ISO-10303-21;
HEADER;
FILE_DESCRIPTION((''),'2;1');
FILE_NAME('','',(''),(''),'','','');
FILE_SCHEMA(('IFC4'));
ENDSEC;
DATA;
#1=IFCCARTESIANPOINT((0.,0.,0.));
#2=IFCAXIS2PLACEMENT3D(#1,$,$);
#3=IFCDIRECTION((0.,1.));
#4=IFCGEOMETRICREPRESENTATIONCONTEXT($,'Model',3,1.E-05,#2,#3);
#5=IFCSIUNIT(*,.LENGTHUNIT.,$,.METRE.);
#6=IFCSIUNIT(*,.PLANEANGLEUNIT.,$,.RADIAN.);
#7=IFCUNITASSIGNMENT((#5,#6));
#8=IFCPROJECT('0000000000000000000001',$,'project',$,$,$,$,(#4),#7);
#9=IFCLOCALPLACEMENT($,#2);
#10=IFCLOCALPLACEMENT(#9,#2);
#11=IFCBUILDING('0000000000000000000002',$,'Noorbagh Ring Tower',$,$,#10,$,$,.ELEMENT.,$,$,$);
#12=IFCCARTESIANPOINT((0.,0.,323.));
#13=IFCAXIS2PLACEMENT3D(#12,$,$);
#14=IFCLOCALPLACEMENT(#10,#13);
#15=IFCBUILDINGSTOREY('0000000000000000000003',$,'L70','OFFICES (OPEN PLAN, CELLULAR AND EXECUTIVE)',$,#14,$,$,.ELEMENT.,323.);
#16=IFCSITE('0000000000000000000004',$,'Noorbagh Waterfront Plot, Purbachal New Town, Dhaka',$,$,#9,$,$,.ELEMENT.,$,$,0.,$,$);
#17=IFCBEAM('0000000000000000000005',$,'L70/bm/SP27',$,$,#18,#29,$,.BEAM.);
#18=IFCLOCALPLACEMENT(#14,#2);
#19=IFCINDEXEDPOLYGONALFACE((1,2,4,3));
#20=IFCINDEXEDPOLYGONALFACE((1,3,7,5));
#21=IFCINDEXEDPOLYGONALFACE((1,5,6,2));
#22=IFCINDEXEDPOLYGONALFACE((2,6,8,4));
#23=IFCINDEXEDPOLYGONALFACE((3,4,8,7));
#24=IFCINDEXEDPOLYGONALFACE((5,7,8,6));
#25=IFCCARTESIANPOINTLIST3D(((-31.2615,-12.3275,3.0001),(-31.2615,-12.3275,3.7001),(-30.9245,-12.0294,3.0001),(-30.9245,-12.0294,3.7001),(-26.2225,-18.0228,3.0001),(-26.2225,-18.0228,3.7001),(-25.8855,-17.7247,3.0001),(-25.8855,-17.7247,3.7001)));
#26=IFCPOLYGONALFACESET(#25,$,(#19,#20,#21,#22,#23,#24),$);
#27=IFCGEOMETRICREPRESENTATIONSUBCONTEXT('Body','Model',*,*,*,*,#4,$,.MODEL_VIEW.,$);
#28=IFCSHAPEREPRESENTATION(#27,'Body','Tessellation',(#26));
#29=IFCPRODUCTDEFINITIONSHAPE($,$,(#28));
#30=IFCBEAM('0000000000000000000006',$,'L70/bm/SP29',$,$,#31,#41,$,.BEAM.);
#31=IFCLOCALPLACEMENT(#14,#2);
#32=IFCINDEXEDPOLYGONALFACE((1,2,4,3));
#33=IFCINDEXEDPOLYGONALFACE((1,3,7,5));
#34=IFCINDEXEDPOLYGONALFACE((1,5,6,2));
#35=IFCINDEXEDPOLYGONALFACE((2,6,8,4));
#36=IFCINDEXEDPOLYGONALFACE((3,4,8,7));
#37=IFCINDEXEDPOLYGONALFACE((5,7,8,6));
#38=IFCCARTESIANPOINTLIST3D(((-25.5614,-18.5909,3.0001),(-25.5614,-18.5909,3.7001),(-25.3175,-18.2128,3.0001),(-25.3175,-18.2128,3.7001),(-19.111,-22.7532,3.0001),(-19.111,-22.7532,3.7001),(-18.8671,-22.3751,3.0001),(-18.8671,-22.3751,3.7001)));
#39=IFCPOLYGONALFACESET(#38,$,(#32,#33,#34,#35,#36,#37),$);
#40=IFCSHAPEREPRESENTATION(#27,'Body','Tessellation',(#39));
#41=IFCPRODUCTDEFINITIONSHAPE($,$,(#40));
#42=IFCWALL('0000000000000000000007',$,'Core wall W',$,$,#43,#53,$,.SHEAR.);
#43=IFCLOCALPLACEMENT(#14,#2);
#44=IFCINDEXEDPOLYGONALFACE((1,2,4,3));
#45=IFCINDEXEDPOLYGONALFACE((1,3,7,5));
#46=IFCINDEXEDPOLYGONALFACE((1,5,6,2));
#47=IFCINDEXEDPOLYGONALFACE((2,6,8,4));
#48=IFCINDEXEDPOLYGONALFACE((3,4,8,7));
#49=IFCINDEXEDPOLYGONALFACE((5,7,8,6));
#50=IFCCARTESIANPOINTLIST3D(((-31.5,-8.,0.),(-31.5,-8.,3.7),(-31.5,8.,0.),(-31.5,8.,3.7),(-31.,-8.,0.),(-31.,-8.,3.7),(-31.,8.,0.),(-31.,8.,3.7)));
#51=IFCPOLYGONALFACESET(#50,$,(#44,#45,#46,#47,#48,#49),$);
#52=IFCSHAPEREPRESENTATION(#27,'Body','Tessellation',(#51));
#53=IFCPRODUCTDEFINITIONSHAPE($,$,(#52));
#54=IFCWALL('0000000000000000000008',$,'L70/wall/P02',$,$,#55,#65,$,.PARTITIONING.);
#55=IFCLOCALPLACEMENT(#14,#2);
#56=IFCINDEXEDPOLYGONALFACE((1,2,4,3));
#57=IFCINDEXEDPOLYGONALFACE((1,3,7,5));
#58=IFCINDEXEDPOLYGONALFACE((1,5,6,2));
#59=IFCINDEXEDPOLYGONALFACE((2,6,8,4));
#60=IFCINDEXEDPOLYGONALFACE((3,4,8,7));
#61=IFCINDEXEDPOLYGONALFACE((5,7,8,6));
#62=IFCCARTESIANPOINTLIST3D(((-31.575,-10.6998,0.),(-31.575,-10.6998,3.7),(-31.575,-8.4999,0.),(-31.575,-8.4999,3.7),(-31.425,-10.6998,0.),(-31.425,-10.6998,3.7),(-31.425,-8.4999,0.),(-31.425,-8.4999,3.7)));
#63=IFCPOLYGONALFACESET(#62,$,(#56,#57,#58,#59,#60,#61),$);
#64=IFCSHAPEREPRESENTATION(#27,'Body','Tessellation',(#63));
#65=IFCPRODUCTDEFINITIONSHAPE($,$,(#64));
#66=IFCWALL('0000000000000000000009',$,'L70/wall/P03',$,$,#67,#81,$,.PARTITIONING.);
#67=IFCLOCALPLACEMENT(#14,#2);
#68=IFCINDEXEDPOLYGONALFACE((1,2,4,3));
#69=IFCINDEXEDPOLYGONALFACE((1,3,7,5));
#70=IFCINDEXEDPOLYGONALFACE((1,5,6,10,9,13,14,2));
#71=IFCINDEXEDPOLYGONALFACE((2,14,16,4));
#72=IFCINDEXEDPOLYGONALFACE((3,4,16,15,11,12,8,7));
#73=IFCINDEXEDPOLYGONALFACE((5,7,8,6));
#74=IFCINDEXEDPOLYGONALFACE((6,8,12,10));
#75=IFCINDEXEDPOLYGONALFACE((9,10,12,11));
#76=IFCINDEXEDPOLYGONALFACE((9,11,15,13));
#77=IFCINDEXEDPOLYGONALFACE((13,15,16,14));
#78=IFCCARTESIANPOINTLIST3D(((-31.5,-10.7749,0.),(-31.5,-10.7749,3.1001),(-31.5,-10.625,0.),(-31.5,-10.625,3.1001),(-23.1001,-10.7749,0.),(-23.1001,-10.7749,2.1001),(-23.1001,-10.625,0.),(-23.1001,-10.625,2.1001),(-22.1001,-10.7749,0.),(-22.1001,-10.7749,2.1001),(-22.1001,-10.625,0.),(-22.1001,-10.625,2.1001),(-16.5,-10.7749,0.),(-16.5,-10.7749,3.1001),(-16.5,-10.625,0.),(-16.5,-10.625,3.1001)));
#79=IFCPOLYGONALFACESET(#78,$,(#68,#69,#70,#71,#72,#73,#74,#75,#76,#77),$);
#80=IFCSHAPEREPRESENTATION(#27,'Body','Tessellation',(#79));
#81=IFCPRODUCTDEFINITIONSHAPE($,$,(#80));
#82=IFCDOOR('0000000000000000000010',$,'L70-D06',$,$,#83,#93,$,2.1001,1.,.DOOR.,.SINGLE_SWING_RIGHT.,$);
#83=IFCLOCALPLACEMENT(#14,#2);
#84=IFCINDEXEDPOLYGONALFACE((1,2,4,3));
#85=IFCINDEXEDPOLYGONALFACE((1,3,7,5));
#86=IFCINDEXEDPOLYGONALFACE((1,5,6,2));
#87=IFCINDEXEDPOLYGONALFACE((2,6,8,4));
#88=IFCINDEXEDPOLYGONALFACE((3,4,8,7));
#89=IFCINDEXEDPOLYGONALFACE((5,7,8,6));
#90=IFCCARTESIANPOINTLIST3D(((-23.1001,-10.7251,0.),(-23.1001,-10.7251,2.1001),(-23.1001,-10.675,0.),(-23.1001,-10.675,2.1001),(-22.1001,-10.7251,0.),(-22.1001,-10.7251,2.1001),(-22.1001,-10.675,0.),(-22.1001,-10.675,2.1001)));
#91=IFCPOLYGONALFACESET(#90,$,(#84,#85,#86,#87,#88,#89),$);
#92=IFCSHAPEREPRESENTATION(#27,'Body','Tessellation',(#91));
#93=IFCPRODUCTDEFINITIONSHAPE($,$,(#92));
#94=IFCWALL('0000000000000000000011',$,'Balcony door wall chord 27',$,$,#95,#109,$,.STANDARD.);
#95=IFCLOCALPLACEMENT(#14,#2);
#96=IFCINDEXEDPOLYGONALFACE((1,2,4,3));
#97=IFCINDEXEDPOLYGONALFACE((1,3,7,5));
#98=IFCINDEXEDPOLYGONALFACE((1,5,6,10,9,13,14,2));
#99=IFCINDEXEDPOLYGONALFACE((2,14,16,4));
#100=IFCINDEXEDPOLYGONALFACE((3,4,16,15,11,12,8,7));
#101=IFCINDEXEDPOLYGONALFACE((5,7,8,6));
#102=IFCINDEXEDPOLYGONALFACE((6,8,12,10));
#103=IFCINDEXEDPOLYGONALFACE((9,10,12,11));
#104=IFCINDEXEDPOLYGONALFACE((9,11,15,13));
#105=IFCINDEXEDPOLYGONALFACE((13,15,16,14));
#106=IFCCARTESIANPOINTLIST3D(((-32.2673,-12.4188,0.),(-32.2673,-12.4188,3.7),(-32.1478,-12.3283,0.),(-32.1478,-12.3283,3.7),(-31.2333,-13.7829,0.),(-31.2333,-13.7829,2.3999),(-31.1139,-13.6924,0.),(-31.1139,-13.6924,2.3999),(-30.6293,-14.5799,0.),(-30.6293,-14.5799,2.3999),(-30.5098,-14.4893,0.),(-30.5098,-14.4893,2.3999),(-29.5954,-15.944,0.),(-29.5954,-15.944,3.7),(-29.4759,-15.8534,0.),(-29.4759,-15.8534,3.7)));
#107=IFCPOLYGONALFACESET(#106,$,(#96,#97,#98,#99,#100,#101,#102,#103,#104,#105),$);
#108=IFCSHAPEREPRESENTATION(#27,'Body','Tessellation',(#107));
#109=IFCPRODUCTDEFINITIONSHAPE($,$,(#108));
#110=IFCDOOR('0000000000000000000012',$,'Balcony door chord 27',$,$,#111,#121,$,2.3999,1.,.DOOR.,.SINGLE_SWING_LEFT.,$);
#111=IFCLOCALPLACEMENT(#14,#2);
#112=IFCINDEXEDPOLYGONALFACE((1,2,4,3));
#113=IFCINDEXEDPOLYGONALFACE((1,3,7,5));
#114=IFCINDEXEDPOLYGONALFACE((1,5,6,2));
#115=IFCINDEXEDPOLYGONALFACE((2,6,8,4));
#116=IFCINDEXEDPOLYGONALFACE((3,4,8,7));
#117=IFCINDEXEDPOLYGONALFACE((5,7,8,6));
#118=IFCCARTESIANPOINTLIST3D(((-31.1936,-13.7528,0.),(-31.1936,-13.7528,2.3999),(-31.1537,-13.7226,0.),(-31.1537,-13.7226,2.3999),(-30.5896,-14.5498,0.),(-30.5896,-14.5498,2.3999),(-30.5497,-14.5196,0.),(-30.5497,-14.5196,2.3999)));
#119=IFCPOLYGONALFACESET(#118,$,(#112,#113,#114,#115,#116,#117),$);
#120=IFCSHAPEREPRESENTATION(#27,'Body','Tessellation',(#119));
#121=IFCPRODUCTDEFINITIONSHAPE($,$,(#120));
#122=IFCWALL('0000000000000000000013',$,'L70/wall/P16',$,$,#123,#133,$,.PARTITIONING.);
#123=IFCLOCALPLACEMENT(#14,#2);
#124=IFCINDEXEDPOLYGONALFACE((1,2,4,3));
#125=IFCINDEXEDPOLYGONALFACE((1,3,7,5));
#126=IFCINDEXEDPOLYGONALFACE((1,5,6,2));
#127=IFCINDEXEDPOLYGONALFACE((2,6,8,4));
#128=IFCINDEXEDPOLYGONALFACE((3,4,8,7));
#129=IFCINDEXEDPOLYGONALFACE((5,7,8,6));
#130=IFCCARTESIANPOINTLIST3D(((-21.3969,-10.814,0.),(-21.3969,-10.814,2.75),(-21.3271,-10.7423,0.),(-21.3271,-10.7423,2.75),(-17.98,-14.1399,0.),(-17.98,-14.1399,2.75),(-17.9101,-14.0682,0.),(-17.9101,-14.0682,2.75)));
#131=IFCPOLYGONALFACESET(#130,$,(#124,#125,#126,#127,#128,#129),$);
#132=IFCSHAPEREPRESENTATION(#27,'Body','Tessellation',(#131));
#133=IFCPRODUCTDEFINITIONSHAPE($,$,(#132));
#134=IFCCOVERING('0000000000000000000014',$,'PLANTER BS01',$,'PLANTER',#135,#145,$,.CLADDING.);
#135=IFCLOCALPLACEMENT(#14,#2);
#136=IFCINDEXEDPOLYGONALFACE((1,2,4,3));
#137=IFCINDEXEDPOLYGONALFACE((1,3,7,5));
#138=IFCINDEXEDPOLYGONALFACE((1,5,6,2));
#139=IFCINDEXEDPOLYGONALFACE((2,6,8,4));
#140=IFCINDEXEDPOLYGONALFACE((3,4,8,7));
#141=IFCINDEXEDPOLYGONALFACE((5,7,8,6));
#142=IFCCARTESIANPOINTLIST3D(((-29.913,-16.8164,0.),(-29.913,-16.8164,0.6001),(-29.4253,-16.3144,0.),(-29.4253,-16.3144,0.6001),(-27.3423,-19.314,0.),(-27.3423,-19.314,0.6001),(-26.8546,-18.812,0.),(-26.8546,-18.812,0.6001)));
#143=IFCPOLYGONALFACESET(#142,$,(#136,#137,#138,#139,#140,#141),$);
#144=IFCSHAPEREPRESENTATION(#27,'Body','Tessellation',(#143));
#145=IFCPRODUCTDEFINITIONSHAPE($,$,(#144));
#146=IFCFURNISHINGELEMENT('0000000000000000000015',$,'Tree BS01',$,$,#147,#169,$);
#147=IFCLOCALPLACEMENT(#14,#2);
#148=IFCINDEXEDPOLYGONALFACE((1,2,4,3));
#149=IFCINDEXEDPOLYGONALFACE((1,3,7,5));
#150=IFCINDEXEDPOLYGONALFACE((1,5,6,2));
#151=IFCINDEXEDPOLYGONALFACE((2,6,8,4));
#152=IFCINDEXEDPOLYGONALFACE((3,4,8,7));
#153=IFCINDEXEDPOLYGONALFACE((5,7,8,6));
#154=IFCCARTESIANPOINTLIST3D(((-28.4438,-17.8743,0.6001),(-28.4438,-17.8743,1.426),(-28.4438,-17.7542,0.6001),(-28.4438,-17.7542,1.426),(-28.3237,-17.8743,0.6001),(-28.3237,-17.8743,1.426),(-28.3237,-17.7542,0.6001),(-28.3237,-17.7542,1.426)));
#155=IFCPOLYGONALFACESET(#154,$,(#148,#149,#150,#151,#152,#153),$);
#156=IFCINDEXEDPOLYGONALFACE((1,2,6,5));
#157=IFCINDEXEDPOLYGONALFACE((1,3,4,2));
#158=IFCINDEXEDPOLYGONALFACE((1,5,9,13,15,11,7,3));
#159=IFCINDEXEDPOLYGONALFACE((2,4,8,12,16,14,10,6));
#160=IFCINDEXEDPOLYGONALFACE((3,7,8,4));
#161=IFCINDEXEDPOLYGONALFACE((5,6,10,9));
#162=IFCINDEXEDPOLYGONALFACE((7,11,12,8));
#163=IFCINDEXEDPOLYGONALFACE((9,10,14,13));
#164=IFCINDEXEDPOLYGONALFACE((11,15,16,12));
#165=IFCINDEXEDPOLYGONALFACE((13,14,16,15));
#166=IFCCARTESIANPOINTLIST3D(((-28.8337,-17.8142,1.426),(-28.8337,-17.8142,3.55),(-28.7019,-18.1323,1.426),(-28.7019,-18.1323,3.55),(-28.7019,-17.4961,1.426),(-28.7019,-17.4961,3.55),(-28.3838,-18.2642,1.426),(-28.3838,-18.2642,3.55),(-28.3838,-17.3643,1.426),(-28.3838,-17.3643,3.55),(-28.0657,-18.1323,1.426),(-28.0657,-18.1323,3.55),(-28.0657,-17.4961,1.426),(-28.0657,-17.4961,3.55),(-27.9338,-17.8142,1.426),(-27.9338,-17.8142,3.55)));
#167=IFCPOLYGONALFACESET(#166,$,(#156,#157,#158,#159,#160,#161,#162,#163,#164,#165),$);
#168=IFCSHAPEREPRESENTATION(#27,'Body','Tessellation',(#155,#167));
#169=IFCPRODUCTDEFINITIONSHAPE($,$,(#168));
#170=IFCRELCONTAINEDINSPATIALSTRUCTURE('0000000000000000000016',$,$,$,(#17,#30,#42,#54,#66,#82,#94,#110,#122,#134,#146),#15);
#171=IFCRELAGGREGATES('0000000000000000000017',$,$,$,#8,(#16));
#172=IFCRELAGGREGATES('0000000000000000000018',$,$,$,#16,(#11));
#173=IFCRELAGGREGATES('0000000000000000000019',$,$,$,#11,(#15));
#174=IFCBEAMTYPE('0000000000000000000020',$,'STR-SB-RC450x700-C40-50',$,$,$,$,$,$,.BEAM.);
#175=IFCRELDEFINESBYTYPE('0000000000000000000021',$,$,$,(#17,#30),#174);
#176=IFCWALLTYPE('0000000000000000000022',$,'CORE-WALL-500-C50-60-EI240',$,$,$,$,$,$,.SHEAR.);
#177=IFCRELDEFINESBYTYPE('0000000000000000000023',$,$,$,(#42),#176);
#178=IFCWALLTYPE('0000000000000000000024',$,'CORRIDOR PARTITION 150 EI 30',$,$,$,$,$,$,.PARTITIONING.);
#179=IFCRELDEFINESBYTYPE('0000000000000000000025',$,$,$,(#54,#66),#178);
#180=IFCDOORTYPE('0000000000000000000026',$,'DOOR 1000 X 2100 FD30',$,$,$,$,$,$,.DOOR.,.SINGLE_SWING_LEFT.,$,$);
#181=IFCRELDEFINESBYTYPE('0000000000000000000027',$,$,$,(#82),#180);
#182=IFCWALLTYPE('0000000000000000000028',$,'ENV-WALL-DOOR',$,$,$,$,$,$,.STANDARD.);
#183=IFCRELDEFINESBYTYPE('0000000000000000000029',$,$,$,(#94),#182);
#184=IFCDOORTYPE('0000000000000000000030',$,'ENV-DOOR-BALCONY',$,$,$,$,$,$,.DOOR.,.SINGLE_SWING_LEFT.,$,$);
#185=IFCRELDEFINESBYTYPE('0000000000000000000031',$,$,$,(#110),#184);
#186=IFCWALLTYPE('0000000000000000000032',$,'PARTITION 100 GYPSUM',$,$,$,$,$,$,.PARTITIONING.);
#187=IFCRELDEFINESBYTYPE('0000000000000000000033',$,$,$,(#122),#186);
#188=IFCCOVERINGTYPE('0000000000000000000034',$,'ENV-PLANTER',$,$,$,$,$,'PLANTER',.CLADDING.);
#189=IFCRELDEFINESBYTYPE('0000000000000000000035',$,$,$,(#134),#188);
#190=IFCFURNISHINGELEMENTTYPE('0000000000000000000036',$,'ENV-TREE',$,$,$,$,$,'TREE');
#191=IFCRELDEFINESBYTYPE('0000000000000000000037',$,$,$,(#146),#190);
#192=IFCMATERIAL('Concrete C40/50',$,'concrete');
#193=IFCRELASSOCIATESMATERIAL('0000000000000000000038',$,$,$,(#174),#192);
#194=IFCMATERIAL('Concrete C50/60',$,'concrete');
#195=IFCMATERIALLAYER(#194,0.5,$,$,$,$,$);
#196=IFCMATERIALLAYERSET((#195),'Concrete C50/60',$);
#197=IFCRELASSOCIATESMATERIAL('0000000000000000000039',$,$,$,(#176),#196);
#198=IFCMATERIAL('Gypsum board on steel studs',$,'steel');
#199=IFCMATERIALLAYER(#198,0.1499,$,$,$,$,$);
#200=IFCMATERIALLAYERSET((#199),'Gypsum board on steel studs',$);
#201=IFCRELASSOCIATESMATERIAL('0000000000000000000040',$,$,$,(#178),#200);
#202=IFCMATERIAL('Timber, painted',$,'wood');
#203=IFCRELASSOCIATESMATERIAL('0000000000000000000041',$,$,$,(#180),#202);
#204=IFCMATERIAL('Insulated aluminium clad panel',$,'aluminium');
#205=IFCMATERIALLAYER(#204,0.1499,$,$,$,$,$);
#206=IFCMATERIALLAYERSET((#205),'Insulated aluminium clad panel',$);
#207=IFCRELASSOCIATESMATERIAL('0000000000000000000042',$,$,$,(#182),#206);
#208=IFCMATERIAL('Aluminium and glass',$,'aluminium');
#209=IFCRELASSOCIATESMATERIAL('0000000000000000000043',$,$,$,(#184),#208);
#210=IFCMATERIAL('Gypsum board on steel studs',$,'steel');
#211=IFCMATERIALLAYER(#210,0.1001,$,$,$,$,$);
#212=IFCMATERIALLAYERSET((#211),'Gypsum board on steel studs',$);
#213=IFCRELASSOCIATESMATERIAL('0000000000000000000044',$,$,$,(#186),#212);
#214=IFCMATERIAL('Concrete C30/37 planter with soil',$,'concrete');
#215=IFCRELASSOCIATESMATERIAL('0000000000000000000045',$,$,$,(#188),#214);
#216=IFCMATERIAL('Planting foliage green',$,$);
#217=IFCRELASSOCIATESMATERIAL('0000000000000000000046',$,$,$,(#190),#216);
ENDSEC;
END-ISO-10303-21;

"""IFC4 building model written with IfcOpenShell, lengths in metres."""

from ifc_helpers import new_model, si_unit, direction, frame, frame_2d, origin, origin_2d, place, context, subcontext, project, spatial, polyline, rectangle, outline, extrude, material, layer, layer_set, material_profile, profile_set, type_object, element, fill, save


model = new_model("IFC4")

# Units and contexts
model_context = context("Model", 3, precision=1e-05, world=origin(), true_north=direction((0.0, 1.0)))
body_context = subcontext(model_context, "Body", "Model", "MODEL_VIEW")
ifc_project = project(units=[si_unit("LENGTHUNIT", "METRE"), si_unit("PLANEANGLEUNIT", "RADIAN")], contexts=[model_context])

# Site, building, storey
site_placement = place(None, origin())
site = spatial("IfcSite", under=ifc_project, at=site_placement, Name="Noorbagh Waterfront Plot, Purbachal New Town, Dhaka", CompositionType="ELEMENT", RefElevation=0.0)
building_placement = place(site_placement, origin())
building = spatial("IfcBuilding", under=site, at=building_placement, Name="Noorbagh Ring Tower", CompositionType="ELEMENT")
storey_placement = place(building_placement, frame((0.0, 0.0, 323.0)))
storey = spatial("IfcBuildingStorey", under=building, at=storey_placement, Name="L70", Description="OFFICES (OPEN PLAN, CELLULAR AND EXECUTIVE)", CompositionType="ELEMENT", Elevation=323.0)

# Beams
ifc_material_1 = material(Name="Concrete C40/50", Category="concrete")
ifc_material_profile_1 = material_profile(ifc_material_1, rectangle(XDim=0.45, YDim=0.7, at=origin_2d()), Name="RC450x700")
ifc_profile_set_1 = profile_set([ifc_material_profile_1], Name="Concrete C40/50")
beam_type_1 = type_object("IfcBeamType", Name="STR-SB-RC450x700-C40-50", PredefinedType="BEAM", material=ifc_profile_set_1)
beam_1_placement = place(storey_placement, frame((-31.093, -12.1785, 3.3501), z_axis=(0.66264, -0.748938, 0.0), x_axis=(0.748938, 0.66264, 0.0)))
element("IfcBeam", 1, at=beam_1_placement, inside=storey, type_object=beam_type_1, Name="L70/bm/SP27", PredefinedType="BEAM", context=body_context, shape_type="SweptSolid", body=[
    extrude(rectangle(XDim=0.45, YDim=0.7, at=origin_2d()), origin(), (0.0, 0.0, 1.0), 7.6045),
])
beam_2_placement = place(storey_placement, frame((-25.4395, -18.4019, 3.3501), z_axis=(0.84025, -0.542199, 0.0), x_axis=(0.542199, 0.84025, 0.0)))
element("IfcBeam", 2, at=beam_2_placement, inside=storey, type_object=beam_type_1, Name="L70/bm/SP29", PredefinedType="BEAM", context=body_context, shape_type="SweptSolid", body=[
    extrude(rectangle(XDim=0.45, YDim=0.7, at=origin_2d()), origin(), (0.0, 0.0, 1.0), 7.6768),
])

# Walls
ifc_material_2 = material(Name="Concrete C50/60", Category="concrete")
ifc_layer_1 = layer(ifc_material_2, 0.5)
ifc_layer_set_1 = layer_set([ifc_layer_1], Name="Concrete C50/60")
wall_type_1 = type_object("IfcWallType", Name="CORE-WALL-500-C50-60-EI240", PredefinedType="SHEAR", material=ifc_layer_set_1)
wall_1_placement = place(storey_placement, frame((-31.25, -8.0, 0.0), z_axis=(0.0, 0.0, 1.0), x_axis=(0.0, 1.0, 0.0)))
element("IfcWall", 3, at=wall_1_placement, inside=storey, type_object=wall_type_1, Name="Core wall W", PredefinedType="SHEAR", context=body_context, shape_type="SweptSolid", body=[
    extrude(rectangle(XDim=16.0, YDim=0.5, at=frame_2d((8.0, 0.0))), origin(), (0.0, 0.0, 1.0), 3.7),
])
ifc_material_3 = material(Name="Gypsum board on steel studs", Category="steel")
ifc_layer_2 = layer(ifc_material_3, 0.1499)
ifc_layer_set_2 = layer_set([ifc_layer_2], Name="Gypsum board on steel studs")
wall_type_2 = type_object("IfcWallType", Name="CORRIDOR PARTITION 150 EI 30", PredefinedType="PARTITIONING", material=ifc_layer_set_2)
wall_2_placement = place(storey_placement, frame((-31.5, -10.7, 0.0), z_axis=(0.0, 0.0, 1.0), x_axis=(0.0, 1.0, 0.0)))
element("IfcWall", 4, at=wall_2_placement, inside=storey, type_object=wall_type_2, Name="L70/wall/P02", PredefinedType="PARTITIONING", context=body_context, shape_type="SweptSolid", body=[
    extrude(rectangle(XDim=2.2, YDim=0.1499, at=frame_2d((1.1001, 0.0))), origin(), (0.0, 0.0, 1.0), 3.7),
])

# Walls, openings, doors
wall_3_placement = place(storey_placement, frame((-31.5, -10.7, 0.0), z_axis=(0.0, 0.0, 1.0), x_axis=(1.0, 0.0, 0.0)))
wall_3 = element("IfcWall", 5, at=wall_3_placement, inside=storey, type_object=wall_type_2, Name="L70/wall/P03", PredefinedType="PARTITIONING", context=body_context, shape_type="SweptSolid", body=[
    extrude(rectangle(XDim=15.0, YDim=0.1499, at=frame_2d((7.5, 0.0))), origin(), (0.0, 0.0, 1.0), 3.1001),
])
opening_1_placement = place(wall_3_placement, frame((8.3999, 0.0, 0.0)))
opening_1 = element("IfcOpeningElement", 6, at=opening_1_placement, cuts=wall_3, PredefinedType="OPENING", context=body_context, shape_type="SweptSolid", body=[
    extrude(rectangle(XDim=1.0, YDim=2.1001, at=frame_2d((0.5, 1.05))), frame((0.0, 0.085, 0.0), z_axis=(0.0, -1.0, 0.0), x_axis=(1.0, 0.0, 0.0)), (0.0, 0.0, 1.0), 0.1699),
])
ifc_material_4 = material(Name="Timber, painted", Category="wood")
door_type_1 = type_object("IfcDoorType", Name="DOOR 1000 X 2100 FD30", OperationType="SINGLE_SWING_LEFT", PredefinedType="DOOR", material=ifc_material_4)
door_1_placement = place(opening_1_placement, origin())
door_1 = element("IfcDoor", 7, at=door_1_placement, inside=storey, type_object=door_type_1, Name="L70-D06", OperationType="SINGLE_SWING_RIGHT", OverallHeight=2.1001, OverallWidth=1.0, PredefinedType="DOOR", context=body_context, shape_type="SweptSolid", body=[
    extrude(rectangle(XDim=1.0, YDim=2.1001, at=frame_2d((0.5, 1.05))), frame((0.0, 0.0249, 0.0), z_axis=(0.0, -1.0, 0.0), x_axis=(1.0, 0.0, 0.0)), (0.0, 0.0, 1.0), 0.05),
])
fill(opening_1, door_1)
ifc_material_5 = material(Name="Insulated aluminium clad panel", Category="aluminium")
ifc_layer_3 = layer(ifc_material_5, 0.1499)
ifc_layer_set_3 = layer_set([ifc_layer_3], Name="Insulated aluminium clad panel")
wall_type_3 = type_object("IfcWallType", Name="ENV-WALL-DOOR", PredefinedType="STANDARD", material=ifc_layer_set_3)
wall_4_placement = place(storey_placement, frame((-32.2075, -12.3735, 0.0), z_axis=(0.0, 0.0, 1.0), x_axis=(0.604046, -0.79695, 0.0)))
wall_4 = element("IfcWall", 8, at=wall_4_placement, inside=storey, type_object=wall_type_3, Name="Balcony door wall chord 27", PredefinedType="STANDARD", context=body_context, shape_type="SweptSolid", body=[
    extrude(rectangle(XDim=4.4233, YDim=0.1499, at=frame_2d((2.2117, 0.0))), origin(), (0.0, 0.0, 1.0), 3.7),
])
opening_2_placement = place(wall_4_placement, frame((1.7117, 0.0, 0.0)))
opening_2 = element("IfcOpeningElement", 9, at=opening_2_placement, cuts=wall_4, PredefinedType="OPENING", context=body_context, shape_type="SweptSolid", body=[
    extrude(rectangle(XDim=1.0, YDim=2.3999, at=frame_2d((0.5, 1.2))), frame((0.0, 0.085, 0.0), z_axis=(0.0, -1.0, 0.0), x_axis=(1.0, 0.0, 0.0)), (0.0, 0.0, 1.0), 0.1699),
])
ifc_material_6 = material(Name="Aluminium and glass", Category="aluminium")
door_type_2 = type_object("IfcDoorType", Name="ENV-DOOR-BALCONY", OperationType="SINGLE_SWING_LEFT", PredefinedType="DOOR", material=ifc_material_6)
door_2_placement = place(opening_2_placement, origin())
door_2 = element("IfcDoor", 10, at=door_2_placement, inside=storey, type_object=door_type_2, Name="Balcony door chord 27", OperationType="SINGLE_SWING_LEFT", OverallHeight=2.3999, OverallWidth=1.0, PredefinedType="DOOR", context=body_context, shape_type="SweptSolid", body=[
    extrude(rectangle(XDim=1.0, YDim=2.3999, at=frame_2d((0.5, 1.2))), frame((0.0, 0.0249, 0.0), z_axis=(0.0, -1.0, 0.0), x_axis=(1.0, 0.0, 0.0)), (0.0, 0.0, 1.0), 0.05),
])
fill(opening_2, door_2)

# Wall
ifc_material_7 = material(Name="Gypsum board on steel studs", Category="steel")
ifc_layer_4 = layer(ifc_material_7, 0.1001)
ifc_layer_set_4 = layer_set([ifc_layer_4], Name="Gypsum board on steel studs")
wall_type_4 = type_object("IfcWallType", Name="PARTITION 100 GYPSUM", PredefinedType="PARTITIONING", material=ifc_layer_set_4)
wall_5_placement = place(storey_placement, frame((-21.3621, -10.7781, 0.0), z_axis=(0.0, 0.0, 1.0), x_axis=(0.716591, -0.697494, 0.0)))
element("IfcWall", 11, at=wall_5_placement, inside=storey, type_object=wall_type_4, Name="L70/wall/P16", PredefinedType="PARTITIONING", context=body_context, shape_type="SweptSolid", body=[
    extrude(rectangle(XDim=4.7683, YDim=0.1001, at=frame_2d((2.3843, 0.0))), origin(), (0.0, 0.0, 1.0), 2.75),
])

# Covering
ifc_material_8 = material(Name="Concrete C30/37 planter with soil", Category="concrete")
covering_type = type_object("IfcCoveringType", Name="ENV-PLANTER", ElementType="PLANTER", PredefinedType="CLADDING", material=ifc_material_8)
covering_placement = place(storey_placement, frame((-28.3838, -17.8142, 0.0), z_axis=(0.0, 0.0, 1.0), x_axis=(0.717225, -0.696842, 0.0)))
element("IfcCovering", 12, at=covering_placement, inside=storey, type_object=covering_type, Name="PLANTER BS01", ObjectType="PLANTER", PredefinedType="CLADDING", context=body_context, shape_type="SweptSolid", body=[
    extrude(rectangle(XDim=3.5842, YDim=0.7, at=origin_2d()), origin(), (0.0, 0.0, 1.0), 0.6001),
])

# Furnishing element
ifc_material_9 = material(Name="Planting foliage green")
furnishing_element_type = type_object("IfcFurnishingElementType", Name="ENV-TREE", ElementType="TREE", material=ifc_material_9)
furnishing_placement = place(storey_placement, frame((-28.3838, -17.8142, 0.6001), z_axis=(0.0, 0.0, 1.0), x_axis=(1.0, 0.0, 0.0)))
element("IfcFurnishingElement", 13, at=furnishing_placement, inside=storey, type_object=furnishing_element_type, Name="Tree BS01", context=body_context, shape_type="SweptSolid", body=[
    extrude(rectangle(XDim=0.1201, YDim=0.1201, at=origin_2d()), origin(), (0.0, 0.0, 1.0), 0.8259),
    extrude(outline(polyline([(0.45, 0.0), (0.3181, 0.3181), (0.0, 0.45), (-0.3181, 0.3181), (-0.45, 0.0), (-0.3181, -0.3181), (0.0, -0.45), (0.3181, -0.3181), (0.45, 0.0)])), frame((0.0, 0.0, 0.8259)), (0.0, 0.0, 1.0), 2.124),
])

save(model, "model.ifc")
